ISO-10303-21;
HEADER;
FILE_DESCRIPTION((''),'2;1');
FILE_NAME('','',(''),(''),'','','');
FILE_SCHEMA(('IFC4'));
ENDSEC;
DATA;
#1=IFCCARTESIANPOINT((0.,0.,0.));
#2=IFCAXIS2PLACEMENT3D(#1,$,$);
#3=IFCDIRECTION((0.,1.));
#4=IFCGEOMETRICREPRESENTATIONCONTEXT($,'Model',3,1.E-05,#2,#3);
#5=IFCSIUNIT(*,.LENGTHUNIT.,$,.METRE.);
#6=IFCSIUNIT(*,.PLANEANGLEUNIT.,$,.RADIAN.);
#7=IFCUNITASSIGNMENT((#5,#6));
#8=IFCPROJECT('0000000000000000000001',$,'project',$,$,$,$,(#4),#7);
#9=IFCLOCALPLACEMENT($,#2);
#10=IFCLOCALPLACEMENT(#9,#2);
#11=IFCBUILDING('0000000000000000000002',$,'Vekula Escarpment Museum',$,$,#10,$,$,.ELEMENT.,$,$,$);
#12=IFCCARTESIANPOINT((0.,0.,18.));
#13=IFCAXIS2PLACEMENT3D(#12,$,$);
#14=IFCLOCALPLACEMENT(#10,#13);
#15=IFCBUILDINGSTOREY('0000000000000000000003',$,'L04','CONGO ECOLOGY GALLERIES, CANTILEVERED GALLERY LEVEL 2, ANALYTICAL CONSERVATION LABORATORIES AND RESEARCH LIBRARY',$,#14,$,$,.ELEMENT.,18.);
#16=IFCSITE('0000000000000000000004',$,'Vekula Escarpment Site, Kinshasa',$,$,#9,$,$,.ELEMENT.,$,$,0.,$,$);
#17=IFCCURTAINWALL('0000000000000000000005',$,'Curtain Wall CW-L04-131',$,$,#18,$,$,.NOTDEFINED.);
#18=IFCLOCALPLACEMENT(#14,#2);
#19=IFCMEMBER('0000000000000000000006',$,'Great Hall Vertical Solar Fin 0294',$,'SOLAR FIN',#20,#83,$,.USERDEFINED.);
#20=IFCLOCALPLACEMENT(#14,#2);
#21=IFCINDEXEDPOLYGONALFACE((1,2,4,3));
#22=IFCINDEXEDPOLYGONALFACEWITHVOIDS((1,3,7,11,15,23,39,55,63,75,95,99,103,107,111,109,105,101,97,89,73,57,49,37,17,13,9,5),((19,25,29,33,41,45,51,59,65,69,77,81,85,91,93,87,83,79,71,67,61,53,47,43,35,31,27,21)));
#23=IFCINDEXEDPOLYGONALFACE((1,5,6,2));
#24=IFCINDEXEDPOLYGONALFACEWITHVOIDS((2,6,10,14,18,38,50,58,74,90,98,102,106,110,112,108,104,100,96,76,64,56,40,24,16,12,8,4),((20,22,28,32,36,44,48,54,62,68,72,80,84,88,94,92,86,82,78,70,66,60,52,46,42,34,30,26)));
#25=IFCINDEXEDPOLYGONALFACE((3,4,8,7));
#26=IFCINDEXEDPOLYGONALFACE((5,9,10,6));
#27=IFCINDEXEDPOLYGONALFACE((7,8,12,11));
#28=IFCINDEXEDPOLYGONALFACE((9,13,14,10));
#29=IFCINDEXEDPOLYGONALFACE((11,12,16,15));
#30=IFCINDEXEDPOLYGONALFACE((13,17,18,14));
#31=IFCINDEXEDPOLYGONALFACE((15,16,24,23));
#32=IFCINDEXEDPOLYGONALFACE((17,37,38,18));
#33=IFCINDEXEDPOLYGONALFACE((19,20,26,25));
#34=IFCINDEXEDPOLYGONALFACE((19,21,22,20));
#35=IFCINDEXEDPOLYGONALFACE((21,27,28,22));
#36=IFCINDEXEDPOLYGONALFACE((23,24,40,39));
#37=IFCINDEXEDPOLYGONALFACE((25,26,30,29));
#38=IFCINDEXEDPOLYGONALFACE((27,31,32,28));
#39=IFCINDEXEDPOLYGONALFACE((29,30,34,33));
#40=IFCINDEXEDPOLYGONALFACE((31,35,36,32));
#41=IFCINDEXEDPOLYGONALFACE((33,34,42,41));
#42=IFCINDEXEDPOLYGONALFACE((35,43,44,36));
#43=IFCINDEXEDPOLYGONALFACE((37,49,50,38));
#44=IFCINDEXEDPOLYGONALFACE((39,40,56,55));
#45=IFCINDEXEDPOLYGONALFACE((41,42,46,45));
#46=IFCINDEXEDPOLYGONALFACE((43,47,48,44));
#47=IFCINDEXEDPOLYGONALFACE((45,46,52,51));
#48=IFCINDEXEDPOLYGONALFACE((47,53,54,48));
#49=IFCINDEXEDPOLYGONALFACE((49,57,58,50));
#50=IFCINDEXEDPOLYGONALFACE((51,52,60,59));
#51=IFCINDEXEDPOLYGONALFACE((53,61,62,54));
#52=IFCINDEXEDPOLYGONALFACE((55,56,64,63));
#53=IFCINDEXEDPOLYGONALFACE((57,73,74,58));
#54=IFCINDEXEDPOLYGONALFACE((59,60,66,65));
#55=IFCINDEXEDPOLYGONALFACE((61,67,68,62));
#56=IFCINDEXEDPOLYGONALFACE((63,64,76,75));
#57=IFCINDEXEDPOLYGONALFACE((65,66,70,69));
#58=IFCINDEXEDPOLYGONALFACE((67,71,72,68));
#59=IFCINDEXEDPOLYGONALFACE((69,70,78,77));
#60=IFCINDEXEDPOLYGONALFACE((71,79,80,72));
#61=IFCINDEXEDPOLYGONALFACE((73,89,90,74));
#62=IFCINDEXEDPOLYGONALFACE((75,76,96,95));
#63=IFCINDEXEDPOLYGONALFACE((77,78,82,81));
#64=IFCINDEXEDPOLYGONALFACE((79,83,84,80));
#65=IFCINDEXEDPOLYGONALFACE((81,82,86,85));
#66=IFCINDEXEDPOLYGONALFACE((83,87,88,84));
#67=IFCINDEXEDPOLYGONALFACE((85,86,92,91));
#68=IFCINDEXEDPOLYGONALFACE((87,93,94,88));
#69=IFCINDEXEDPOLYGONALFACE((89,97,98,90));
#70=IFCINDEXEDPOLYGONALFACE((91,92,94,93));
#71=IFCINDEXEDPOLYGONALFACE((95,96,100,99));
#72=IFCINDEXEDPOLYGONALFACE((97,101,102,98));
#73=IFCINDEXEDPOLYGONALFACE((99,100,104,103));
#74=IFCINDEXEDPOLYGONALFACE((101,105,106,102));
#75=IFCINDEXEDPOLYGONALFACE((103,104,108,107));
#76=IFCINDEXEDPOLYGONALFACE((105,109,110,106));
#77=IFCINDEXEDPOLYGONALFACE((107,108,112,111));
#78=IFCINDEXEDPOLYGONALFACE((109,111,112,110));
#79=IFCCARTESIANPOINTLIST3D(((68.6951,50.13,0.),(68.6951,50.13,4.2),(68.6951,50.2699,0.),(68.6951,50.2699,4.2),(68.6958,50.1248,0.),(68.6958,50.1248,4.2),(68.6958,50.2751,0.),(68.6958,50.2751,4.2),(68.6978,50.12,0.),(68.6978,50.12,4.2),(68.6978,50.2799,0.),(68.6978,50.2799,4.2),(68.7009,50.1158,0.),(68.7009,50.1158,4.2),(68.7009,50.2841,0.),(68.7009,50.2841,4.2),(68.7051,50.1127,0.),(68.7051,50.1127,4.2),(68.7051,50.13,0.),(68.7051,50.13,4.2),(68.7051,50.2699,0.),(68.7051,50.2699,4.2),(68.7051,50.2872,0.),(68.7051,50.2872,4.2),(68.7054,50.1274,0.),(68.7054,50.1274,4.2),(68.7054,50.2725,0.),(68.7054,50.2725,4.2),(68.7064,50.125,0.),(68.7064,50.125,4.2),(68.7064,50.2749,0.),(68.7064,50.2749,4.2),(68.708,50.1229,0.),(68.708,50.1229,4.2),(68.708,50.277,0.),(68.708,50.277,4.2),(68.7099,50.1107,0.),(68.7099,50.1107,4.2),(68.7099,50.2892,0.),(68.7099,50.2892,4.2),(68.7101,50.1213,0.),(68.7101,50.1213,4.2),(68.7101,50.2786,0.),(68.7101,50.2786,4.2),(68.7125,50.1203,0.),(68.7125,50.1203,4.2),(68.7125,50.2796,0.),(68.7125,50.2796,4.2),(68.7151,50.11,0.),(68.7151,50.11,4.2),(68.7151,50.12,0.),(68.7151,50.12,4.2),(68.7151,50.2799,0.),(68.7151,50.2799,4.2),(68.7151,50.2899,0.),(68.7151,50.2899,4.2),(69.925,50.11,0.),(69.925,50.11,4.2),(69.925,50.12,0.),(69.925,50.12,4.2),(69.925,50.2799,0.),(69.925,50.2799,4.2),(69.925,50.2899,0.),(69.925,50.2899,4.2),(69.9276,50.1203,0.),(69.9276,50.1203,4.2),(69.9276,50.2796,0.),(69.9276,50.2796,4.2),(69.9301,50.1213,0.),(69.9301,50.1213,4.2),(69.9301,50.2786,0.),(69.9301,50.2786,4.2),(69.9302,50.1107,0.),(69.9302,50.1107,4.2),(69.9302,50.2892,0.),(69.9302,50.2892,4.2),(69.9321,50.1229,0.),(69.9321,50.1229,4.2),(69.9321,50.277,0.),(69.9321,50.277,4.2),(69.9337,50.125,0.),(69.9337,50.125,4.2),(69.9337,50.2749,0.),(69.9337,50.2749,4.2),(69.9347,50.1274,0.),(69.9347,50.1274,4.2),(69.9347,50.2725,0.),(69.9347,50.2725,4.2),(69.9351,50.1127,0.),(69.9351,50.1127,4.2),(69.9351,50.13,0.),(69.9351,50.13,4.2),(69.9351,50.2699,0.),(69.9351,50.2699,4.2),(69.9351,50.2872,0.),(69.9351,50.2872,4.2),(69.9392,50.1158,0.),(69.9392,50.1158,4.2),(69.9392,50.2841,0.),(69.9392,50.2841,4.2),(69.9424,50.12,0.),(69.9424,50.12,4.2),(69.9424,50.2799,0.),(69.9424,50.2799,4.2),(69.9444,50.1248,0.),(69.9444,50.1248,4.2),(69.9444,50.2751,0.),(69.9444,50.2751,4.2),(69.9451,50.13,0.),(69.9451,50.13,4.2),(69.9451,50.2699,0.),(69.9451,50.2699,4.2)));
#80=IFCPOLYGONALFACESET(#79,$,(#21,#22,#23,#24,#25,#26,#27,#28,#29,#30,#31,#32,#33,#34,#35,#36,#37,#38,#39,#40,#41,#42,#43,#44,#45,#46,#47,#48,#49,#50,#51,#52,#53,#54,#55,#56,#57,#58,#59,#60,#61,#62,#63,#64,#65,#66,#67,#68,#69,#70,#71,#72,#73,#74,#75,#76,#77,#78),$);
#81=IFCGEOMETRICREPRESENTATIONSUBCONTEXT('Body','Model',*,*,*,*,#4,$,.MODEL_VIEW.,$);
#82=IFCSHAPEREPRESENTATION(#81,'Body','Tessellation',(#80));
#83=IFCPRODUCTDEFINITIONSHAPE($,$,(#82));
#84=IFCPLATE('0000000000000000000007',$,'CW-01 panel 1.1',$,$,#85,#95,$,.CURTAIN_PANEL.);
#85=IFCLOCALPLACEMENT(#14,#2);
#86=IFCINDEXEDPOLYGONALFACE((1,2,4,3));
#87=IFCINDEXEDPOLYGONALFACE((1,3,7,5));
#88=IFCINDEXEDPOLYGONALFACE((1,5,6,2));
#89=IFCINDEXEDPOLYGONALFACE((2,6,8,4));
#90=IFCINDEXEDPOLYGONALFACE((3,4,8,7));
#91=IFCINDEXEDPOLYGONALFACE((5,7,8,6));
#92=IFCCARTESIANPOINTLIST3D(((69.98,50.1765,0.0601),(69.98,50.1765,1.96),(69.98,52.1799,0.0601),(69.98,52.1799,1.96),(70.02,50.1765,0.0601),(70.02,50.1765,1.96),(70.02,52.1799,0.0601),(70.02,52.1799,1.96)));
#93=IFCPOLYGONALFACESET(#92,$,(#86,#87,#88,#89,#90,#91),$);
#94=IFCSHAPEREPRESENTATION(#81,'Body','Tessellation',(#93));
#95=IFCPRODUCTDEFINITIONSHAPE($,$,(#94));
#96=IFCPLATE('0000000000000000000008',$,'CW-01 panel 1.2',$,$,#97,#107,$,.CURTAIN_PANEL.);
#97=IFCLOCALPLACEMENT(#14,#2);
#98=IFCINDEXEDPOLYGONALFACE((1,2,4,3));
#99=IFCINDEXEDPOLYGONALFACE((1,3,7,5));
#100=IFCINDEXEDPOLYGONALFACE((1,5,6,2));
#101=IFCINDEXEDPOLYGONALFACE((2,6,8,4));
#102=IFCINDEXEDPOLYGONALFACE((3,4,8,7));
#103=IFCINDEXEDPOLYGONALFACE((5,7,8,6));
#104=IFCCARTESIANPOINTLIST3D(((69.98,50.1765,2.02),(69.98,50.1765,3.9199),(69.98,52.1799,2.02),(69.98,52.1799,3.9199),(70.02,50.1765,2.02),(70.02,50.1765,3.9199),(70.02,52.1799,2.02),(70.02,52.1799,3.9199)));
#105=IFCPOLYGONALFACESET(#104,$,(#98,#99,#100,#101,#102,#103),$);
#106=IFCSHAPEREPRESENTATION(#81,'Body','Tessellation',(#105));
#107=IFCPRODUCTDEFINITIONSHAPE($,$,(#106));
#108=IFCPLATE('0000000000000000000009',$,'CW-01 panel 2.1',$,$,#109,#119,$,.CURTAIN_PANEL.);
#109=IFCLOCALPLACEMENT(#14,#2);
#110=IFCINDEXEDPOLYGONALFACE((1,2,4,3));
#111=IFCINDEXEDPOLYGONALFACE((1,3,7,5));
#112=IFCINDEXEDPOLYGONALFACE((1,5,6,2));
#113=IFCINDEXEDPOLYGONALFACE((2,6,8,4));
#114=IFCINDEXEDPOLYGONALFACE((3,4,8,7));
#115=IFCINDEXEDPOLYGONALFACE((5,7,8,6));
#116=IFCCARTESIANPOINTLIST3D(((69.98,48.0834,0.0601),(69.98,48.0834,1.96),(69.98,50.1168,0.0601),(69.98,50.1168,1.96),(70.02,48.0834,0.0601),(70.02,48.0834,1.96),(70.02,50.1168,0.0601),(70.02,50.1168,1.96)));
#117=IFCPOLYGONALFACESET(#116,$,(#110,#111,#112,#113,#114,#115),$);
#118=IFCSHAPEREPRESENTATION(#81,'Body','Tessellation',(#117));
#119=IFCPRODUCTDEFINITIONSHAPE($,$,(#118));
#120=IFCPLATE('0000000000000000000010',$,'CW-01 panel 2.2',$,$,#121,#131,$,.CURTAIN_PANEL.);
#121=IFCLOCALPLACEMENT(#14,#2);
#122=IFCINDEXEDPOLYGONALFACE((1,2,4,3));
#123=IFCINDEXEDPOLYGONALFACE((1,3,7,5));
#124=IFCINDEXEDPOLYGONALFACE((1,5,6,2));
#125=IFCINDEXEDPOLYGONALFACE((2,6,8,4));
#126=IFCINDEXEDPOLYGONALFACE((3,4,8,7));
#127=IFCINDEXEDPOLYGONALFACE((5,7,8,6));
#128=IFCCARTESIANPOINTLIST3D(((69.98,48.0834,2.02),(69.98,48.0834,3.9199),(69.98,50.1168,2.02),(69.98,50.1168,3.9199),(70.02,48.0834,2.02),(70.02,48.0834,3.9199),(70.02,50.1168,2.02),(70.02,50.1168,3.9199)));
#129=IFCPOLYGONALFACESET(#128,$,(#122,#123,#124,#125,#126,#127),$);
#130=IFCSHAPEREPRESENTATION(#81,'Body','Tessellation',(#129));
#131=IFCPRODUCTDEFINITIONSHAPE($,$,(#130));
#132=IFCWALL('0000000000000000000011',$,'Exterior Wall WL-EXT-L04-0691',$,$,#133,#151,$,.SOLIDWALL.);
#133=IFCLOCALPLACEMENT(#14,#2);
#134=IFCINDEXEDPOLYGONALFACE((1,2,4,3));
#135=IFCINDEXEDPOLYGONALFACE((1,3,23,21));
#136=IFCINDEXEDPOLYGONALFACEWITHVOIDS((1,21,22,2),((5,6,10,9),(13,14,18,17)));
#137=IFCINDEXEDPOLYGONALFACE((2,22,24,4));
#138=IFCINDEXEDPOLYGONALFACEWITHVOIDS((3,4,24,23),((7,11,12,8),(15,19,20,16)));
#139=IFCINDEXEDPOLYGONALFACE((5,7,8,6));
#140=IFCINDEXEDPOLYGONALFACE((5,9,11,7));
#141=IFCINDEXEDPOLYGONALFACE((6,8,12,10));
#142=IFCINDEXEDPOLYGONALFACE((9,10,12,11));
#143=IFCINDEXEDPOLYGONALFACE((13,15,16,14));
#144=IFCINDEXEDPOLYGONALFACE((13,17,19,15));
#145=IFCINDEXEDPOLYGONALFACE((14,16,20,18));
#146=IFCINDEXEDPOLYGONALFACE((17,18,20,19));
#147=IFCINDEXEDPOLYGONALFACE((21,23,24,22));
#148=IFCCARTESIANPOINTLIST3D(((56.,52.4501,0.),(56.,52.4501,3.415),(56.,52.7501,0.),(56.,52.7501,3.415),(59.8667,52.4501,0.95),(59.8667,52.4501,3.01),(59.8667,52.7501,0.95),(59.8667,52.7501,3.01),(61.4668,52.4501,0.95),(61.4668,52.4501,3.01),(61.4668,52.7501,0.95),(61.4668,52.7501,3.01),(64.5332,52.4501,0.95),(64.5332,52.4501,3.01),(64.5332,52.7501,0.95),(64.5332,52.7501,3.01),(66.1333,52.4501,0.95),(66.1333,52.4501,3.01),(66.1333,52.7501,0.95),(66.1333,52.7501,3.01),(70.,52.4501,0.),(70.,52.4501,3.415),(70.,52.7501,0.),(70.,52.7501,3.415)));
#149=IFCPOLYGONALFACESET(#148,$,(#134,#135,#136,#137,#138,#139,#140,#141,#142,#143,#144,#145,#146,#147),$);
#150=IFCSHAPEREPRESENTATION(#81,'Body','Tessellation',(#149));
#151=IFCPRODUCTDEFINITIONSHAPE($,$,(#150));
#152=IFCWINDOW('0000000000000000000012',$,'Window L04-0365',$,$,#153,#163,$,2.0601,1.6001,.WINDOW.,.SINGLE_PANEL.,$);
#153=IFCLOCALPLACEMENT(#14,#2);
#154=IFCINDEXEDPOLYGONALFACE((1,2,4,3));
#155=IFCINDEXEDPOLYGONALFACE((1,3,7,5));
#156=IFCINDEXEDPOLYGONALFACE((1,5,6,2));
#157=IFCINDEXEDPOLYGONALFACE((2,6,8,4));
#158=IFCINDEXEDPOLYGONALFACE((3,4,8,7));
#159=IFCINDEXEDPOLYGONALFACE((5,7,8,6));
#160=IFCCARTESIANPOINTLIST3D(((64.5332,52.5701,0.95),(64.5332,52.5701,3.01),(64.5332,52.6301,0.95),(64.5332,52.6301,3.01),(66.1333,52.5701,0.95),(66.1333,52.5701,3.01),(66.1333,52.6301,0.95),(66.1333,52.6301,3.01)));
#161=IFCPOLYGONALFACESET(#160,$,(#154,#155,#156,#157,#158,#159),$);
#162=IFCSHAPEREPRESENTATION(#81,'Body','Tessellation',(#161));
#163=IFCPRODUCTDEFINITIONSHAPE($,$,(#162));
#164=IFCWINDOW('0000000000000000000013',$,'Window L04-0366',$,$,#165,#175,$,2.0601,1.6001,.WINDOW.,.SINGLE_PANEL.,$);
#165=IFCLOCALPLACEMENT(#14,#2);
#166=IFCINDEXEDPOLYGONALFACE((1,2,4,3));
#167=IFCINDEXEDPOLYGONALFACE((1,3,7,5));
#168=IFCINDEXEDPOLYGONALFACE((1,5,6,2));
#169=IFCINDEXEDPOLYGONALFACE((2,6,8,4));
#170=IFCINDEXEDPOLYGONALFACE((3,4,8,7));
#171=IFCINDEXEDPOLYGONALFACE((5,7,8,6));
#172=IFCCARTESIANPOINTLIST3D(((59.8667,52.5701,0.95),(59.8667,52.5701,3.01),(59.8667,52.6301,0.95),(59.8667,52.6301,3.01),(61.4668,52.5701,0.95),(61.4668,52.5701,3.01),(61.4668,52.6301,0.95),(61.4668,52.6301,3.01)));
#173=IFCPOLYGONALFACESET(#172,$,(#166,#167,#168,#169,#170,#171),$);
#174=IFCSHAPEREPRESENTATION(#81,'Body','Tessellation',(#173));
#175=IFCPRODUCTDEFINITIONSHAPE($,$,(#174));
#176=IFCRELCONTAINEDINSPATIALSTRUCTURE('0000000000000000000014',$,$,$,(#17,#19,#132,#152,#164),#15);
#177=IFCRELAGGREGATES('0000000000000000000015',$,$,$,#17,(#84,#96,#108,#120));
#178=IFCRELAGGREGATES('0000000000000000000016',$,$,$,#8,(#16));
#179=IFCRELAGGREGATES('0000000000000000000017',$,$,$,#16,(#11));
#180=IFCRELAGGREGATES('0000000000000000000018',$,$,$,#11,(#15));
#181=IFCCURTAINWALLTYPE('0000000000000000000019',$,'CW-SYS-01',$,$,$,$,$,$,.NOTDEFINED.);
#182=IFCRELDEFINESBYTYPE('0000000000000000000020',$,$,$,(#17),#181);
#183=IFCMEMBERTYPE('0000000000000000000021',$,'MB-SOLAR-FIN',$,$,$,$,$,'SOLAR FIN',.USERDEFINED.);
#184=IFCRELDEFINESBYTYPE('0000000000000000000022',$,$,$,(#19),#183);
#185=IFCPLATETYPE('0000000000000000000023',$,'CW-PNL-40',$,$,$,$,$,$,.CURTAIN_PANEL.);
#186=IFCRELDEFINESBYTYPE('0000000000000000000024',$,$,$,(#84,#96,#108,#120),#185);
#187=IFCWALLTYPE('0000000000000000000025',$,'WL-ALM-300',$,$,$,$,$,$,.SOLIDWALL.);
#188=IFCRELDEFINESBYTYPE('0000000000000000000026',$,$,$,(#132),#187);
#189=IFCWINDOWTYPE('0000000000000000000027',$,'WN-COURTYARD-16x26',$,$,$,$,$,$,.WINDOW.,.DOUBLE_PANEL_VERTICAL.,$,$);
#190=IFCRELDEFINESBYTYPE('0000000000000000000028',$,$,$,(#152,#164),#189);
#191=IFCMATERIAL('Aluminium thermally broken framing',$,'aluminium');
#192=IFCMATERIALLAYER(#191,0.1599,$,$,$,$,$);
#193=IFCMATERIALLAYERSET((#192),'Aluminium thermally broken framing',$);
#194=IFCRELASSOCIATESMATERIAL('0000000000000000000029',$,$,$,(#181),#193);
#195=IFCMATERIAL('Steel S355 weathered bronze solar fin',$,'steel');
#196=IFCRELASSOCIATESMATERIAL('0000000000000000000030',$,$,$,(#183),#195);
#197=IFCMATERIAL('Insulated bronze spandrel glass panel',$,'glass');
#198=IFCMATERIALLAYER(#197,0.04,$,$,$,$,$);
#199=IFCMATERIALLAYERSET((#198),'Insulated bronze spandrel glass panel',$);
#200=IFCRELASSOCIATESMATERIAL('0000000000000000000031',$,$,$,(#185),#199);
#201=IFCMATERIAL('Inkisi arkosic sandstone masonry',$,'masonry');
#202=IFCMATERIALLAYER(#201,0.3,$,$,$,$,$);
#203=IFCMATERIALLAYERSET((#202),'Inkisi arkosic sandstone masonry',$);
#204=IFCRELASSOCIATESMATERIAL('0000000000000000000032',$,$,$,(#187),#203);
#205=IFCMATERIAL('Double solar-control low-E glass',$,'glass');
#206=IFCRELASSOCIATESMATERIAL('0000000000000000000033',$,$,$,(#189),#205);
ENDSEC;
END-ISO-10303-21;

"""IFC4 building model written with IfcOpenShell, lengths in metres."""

from ifc_helpers import new_model, si_unit, direction, frame, frame_2d, origin, origin_2d, place, context, subcontext, project, spatial, rectangle, hollow_rectangle, extrude, material, layer, layer_set, material_profile, profile_set, type_object, element, fill, aggregate, save


model = new_model("IFC4")

# Units and contexts
model_context = context("Model", 3, precision=1e-05, world=origin(), true_north=direction((0.0, 1.0)))
body_context = subcontext(model_context, "Body", "Model", "MODEL_VIEW")
ifc_project = project(units=[si_unit("LENGTHUNIT", "METRE"), si_unit("PLANEANGLEUNIT", "RADIAN")], contexts=[model_context])

# Site, building, storey
site_placement = place(None, origin())
site = spatial("IfcSite", under=ifc_project, at=site_placement, Name="Vekula Escarpment Site, Kinshasa", CompositionType="ELEMENT", RefElevation=0.0)
building_placement = place(site_placement, origin())
building = spatial("IfcBuilding", under=site, at=building_placement, Name="Vekula Escarpment Museum", CompositionType="ELEMENT")
storey_placement = place(building_placement, frame((0.0, 0.0, 18.0)))
storey = spatial("IfcBuildingStorey", under=building, at=storey_placement, Name="L04", Description="CONGO ECOLOGY GALLERIES, CANTILEVERED GALLERY LEVEL 2, ANALYTICAL CONSERVATION LABORATORIES AND RESEARCH LIBRARY", CompositionType="ELEMENT", Elevation=18.0)

# Curtain wall
ifc_material_1 = material(Name="Aluminium thermally broken framing", Category="aluminium")
ifc_layer_1 = layer(ifc_material_1, 0.1599)
ifc_layer_set_1 = layer_set([ifc_layer_1], Name="Aluminium thermally broken framing")
curtain_wall_type = type_object("IfcCurtainWallType", Name="CW-SYS-01", PredefinedType="NOTDEFINED", material=ifc_layer_set_1)
curtain_wall_placement = place(storey_placement, origin())
curtain_wall = element("IfcCurtainWall", 1, at=curtain_wall_placement, inside=storey, type_object=curtain_wall_type, Name="Curtain Wall CW-L04-131", PredefinedType="NOTDEFINED")

# Member
ifc_material_2 = material(Name="Steel S355 weathered bronze solar fin", Category="steel")
ifc_material_profile_1 = material_profile(ifc_material_2, hollow_rectangle(XDim=0.1799, YDim=1.25, WallThickness=0.01, InnerFilletRadius=0.01, OuterFilletRadius=0.02, at=origin_2d()), Name="RHS 1250x180x10")
ifc_profile_set_1 = profile_set([ifc_material_profile_1], Name="Steel S355 weathered bronze solar fin")
member_type_1 = type_object("IfcMemberType", Name="MB-SOLAR-FIN", ElementType="SOLAR FIN", PredefinedType="USERDEFINED", material=ifc_profile_set_1)
for number, where, z_axis, x_axis, name in (
    (2, (69.3201, 50.2, 0.0), (0.0, 0.0, 1.0), (0.0, 1.0, 0.0), "Great Hall Vertical Solar Fin 0294"),
):
    element("IfcMember", number, at=place(storey_placement, frame(where, z_axis=z_axis, x_axis=x_axis)), inside=storey, type_object=member_type_1, Name=name, ObjectType="SOLAR FIN", PredefinedType="USERDEFINED", context=body_context, shape_type="SweptSolid", body=[
        extrude(hollow_rectangle(XDim=0.1799, YDim=1.25, WallThickness=0.01, InnerFilletRadius=0.01, OuterFilletRadius=0.02, at=origin_2d()), origin(), (0.0, 0.0, 1.0), 4.2),
    ])

# Plates
ifc_material_3 = material(Name="Insulated bronze spandrel glass panel", Category="glass")
ifc_layer_2 = layer(ifc_material_3, 0.04)
ifc_layer_set_2 = layer_set([ifc_layer_2], Name="Insulated bronze spandrel glass panel")
plate_type = type_object("IfcPlateType", Name="CW-PNL-40", PredefinedType="CURTAIN_PANEL", material=ifc_layer_set_2)
plate_1_placement = place(storey_placement, frame((70.0, 51.1782, 0.0601), z_axis=(0.0, 0.0, 1.0), x_axis=(0.0, -1.0, 0.0)))
plate_1 = element("IfcPlate", 3, at=plate_1_placement, type_object=plate_type, Name="CW-01 panel 1.1", PredefinedType="CURTAIN_PANEL", context=body_context, shape_type="SweptSolid", body=[
    extrude(rectangle(XDim=2.0034, YDim=0.04, at=origin_2d()), origin(), (0.0, 0.0, 1.0), 1.8999),
])
plate_2_placement = place(storey_placement, frame((70.0, 51.1782, 2.02), z_axis=(0.0, 0.0, 1.0), x_axis=(0.0, -1.0, 0.0)))
plate_2 = element("IfcPlate", 4, at=plate_2_placement, type_object=plate_type, Name="CW-01 panel 1.2", PredefinedType="CURTAIN_PANEL", context=body_context, shape_type="SweptSolid", body=[
    extrude(rectangle(XDim=2.0034, YDim=0.04, at=origin_2d()), origin(), (0.0, 0.0, 1.0), 1.8999),
])
plate_3_placement = place(storey_placement, frame((70.0, 49.1001, 0.0601), z_axis=(0.0, 0.0, 1.0), x_axis=(0.0, -1.0, 0.0)))
plate_3 = element("IfcPlate", 5, at=plate_3_placement, type_object=plate_type, Name="CW-01 panel 2.1", PredefinedType="CURTAIN_PANEL", context=body_context, shape_type="SweptSolid", body=[
    extrude(rectangle(XDim=2.0334, YDim=0.04, at=origin_2d()), origin(), (0.0, 0.0, 1.0), 1.8999),
])
plate_4_placement = place(storey_placement, frame((70.0, 49.1001, 2.02), z_axis=(0.0, 0.0, 1.0), x_axis=(0.0, -1.0, 0.0)))
plate_4 = element("IfcPlate", 6, at=plate_4_placement, type_object=plate_type, Name="CW-01 panel 2.2", PredefinedType="CURTAIN_PANEL", context=body_context, shape_type="SweptSolid", body=[
    extrude(rectangle(XDim=2.0334, YDim=0.04, at=origin_2d()), origin(), (0.0, 0.0, 1.0), 1.8999),
])
aggregate(curtain_wall, [plate_1, plate_2, plate_3, plate_4])

# Wall, openings, windows
ifc_material_4 = material(Name="Inkisi arkosic sandstone masonry", Category="masonry")
ifc_layer_3 = layer(ifc_material_4, 0.3)
ifc_layer_set_3 = layer_set([ifc_layer_3], Name="Inkisi arkosic sandstone masonry")
wall_type_1 = type_object("IfcWallType", Name="WL-ALM-300", PredefinedType="SOLIDWALL", material=ifc_layer_set_3)
wall_1_placement = place(storey_placement, frame((70.0, 52.6001, 0.0), z_axis=(0.0, 0.0, 1.0), x_axis=(-1.0, 0.0, 0.0)))
wall_1 = element("IfcWall", 7, at=wall_1_placement, inside=storey, type_object=wall_type_1, Name="Exterior Wall WL-EXT-L04-0691", PredefinedType="SOLIDWALL", context=body_context, shape_type="SweptSolid", body=[
    extrude(rectangle(XDim=14.0, YDim=0.3, at=frame_2d((7.0, 0.0))), origin(), (0.0, 0.0, 1.0), 3.415),
])
opening_1_placement = place(wall_1_placement, frame((3.8667, 0.0, 0.95)))
opening_1 = element("IfcOpeningElement", 8, at=opening_1_placement, cuts=wall_1, PredefinedType="OPENING", context=body_context, shape_type="SweptSolid", body=[
    extrude(rectangle(XDim=1.6001, YDim=2.0601, at=frame_2d((0.8, 1.03))), frame((0.0, 0.1599, 0.0), z_axis=(0.0, -1.0, 0.0), x_axis=(1.0, 0.0, 0.0)), (0.0, 0.0, 1.0), 0.3201),
])
opening_2_placement = place(wall_1_placement, frame((8.5332, 0.0, 0.95)))
opening_2 = element("IfcOpeningElement", 9, at=opening_2_placement, cuts=wall_1, PredefinedType="OPENING", context=body_context, shape_type="SweptSolid", body=[
    extrude(rectangle(XDim=1.6001, YDim=2.0601, at=frame_2d((0.8, 1.03))), frame((0.0, 0.1599, 0.0), z_axis=(0.0, -1.0, 0.0), x_axis=(1.0, 0.0, 0.0)), (0.0, 0.0, 1.0), 0.3201),
])
ifc_material_5 = material(Name="Double solar-control low-E glass", Category="glass")
window_type = type_object("IfcWindowType", Name="WN-COURTYARD-16x26", PartitioningType="DOUBLE_PANEL_VERTICAL", PredefinedType="WINDOW", material=ifc_material_5)
window_1_placement = place(opening_1_placement, origin())
window_1 = element("IfcWindow", 10, at=window_1_placement, inside=storey, type_object=window_type, Name="Window L04-0365", OverallHeight=2.0601, OverallWidth=1.6001, PartitioningType="SINGLE_PANEL", PredefinedType="WINDOW", context=body_context, shape_type="SweptSolid", body=[
    extrude(rectangle(XDim=1.6001, YDim=2.0601, at=frame_2d((0.8, 1.03))), frame((0.0, 0.03, 0.0), z_axis=(0.0, -1.0, 0.0), x_axis=(1.0, 0.0, 0.0)), (0.0, 0.0, 1.0), 0.0601),
])
fill(opening_1, window_1)
window_2_placement = place(opening_2_placement, origin())
window_2 = element("IfcWindow", 11, at=window_2_placement, inside=storey, type_object=window_type, Name="Window L04-0366", OverallHeight=2.0601, OverallWidth=1.6001, PartitioningType="SINGLE_PANEL", PredefinedType="WINDOW", context=body_context, shape_type="SweptSolid", body=[
    extrude(rectangle(XDim=1.6001, YDim=2.0601, at=frame_2d((0.8, 1.03))), frame((0.0, 0.03, 0.0), z_axis=(0.0, -1.0, 0.0), x_axis=(1.0, 0.0, 0.0)), (0.0, 0.0, 1.0), 0.0601),
])
fill(opening_2, window_2)

save(model, "model.ifc")
